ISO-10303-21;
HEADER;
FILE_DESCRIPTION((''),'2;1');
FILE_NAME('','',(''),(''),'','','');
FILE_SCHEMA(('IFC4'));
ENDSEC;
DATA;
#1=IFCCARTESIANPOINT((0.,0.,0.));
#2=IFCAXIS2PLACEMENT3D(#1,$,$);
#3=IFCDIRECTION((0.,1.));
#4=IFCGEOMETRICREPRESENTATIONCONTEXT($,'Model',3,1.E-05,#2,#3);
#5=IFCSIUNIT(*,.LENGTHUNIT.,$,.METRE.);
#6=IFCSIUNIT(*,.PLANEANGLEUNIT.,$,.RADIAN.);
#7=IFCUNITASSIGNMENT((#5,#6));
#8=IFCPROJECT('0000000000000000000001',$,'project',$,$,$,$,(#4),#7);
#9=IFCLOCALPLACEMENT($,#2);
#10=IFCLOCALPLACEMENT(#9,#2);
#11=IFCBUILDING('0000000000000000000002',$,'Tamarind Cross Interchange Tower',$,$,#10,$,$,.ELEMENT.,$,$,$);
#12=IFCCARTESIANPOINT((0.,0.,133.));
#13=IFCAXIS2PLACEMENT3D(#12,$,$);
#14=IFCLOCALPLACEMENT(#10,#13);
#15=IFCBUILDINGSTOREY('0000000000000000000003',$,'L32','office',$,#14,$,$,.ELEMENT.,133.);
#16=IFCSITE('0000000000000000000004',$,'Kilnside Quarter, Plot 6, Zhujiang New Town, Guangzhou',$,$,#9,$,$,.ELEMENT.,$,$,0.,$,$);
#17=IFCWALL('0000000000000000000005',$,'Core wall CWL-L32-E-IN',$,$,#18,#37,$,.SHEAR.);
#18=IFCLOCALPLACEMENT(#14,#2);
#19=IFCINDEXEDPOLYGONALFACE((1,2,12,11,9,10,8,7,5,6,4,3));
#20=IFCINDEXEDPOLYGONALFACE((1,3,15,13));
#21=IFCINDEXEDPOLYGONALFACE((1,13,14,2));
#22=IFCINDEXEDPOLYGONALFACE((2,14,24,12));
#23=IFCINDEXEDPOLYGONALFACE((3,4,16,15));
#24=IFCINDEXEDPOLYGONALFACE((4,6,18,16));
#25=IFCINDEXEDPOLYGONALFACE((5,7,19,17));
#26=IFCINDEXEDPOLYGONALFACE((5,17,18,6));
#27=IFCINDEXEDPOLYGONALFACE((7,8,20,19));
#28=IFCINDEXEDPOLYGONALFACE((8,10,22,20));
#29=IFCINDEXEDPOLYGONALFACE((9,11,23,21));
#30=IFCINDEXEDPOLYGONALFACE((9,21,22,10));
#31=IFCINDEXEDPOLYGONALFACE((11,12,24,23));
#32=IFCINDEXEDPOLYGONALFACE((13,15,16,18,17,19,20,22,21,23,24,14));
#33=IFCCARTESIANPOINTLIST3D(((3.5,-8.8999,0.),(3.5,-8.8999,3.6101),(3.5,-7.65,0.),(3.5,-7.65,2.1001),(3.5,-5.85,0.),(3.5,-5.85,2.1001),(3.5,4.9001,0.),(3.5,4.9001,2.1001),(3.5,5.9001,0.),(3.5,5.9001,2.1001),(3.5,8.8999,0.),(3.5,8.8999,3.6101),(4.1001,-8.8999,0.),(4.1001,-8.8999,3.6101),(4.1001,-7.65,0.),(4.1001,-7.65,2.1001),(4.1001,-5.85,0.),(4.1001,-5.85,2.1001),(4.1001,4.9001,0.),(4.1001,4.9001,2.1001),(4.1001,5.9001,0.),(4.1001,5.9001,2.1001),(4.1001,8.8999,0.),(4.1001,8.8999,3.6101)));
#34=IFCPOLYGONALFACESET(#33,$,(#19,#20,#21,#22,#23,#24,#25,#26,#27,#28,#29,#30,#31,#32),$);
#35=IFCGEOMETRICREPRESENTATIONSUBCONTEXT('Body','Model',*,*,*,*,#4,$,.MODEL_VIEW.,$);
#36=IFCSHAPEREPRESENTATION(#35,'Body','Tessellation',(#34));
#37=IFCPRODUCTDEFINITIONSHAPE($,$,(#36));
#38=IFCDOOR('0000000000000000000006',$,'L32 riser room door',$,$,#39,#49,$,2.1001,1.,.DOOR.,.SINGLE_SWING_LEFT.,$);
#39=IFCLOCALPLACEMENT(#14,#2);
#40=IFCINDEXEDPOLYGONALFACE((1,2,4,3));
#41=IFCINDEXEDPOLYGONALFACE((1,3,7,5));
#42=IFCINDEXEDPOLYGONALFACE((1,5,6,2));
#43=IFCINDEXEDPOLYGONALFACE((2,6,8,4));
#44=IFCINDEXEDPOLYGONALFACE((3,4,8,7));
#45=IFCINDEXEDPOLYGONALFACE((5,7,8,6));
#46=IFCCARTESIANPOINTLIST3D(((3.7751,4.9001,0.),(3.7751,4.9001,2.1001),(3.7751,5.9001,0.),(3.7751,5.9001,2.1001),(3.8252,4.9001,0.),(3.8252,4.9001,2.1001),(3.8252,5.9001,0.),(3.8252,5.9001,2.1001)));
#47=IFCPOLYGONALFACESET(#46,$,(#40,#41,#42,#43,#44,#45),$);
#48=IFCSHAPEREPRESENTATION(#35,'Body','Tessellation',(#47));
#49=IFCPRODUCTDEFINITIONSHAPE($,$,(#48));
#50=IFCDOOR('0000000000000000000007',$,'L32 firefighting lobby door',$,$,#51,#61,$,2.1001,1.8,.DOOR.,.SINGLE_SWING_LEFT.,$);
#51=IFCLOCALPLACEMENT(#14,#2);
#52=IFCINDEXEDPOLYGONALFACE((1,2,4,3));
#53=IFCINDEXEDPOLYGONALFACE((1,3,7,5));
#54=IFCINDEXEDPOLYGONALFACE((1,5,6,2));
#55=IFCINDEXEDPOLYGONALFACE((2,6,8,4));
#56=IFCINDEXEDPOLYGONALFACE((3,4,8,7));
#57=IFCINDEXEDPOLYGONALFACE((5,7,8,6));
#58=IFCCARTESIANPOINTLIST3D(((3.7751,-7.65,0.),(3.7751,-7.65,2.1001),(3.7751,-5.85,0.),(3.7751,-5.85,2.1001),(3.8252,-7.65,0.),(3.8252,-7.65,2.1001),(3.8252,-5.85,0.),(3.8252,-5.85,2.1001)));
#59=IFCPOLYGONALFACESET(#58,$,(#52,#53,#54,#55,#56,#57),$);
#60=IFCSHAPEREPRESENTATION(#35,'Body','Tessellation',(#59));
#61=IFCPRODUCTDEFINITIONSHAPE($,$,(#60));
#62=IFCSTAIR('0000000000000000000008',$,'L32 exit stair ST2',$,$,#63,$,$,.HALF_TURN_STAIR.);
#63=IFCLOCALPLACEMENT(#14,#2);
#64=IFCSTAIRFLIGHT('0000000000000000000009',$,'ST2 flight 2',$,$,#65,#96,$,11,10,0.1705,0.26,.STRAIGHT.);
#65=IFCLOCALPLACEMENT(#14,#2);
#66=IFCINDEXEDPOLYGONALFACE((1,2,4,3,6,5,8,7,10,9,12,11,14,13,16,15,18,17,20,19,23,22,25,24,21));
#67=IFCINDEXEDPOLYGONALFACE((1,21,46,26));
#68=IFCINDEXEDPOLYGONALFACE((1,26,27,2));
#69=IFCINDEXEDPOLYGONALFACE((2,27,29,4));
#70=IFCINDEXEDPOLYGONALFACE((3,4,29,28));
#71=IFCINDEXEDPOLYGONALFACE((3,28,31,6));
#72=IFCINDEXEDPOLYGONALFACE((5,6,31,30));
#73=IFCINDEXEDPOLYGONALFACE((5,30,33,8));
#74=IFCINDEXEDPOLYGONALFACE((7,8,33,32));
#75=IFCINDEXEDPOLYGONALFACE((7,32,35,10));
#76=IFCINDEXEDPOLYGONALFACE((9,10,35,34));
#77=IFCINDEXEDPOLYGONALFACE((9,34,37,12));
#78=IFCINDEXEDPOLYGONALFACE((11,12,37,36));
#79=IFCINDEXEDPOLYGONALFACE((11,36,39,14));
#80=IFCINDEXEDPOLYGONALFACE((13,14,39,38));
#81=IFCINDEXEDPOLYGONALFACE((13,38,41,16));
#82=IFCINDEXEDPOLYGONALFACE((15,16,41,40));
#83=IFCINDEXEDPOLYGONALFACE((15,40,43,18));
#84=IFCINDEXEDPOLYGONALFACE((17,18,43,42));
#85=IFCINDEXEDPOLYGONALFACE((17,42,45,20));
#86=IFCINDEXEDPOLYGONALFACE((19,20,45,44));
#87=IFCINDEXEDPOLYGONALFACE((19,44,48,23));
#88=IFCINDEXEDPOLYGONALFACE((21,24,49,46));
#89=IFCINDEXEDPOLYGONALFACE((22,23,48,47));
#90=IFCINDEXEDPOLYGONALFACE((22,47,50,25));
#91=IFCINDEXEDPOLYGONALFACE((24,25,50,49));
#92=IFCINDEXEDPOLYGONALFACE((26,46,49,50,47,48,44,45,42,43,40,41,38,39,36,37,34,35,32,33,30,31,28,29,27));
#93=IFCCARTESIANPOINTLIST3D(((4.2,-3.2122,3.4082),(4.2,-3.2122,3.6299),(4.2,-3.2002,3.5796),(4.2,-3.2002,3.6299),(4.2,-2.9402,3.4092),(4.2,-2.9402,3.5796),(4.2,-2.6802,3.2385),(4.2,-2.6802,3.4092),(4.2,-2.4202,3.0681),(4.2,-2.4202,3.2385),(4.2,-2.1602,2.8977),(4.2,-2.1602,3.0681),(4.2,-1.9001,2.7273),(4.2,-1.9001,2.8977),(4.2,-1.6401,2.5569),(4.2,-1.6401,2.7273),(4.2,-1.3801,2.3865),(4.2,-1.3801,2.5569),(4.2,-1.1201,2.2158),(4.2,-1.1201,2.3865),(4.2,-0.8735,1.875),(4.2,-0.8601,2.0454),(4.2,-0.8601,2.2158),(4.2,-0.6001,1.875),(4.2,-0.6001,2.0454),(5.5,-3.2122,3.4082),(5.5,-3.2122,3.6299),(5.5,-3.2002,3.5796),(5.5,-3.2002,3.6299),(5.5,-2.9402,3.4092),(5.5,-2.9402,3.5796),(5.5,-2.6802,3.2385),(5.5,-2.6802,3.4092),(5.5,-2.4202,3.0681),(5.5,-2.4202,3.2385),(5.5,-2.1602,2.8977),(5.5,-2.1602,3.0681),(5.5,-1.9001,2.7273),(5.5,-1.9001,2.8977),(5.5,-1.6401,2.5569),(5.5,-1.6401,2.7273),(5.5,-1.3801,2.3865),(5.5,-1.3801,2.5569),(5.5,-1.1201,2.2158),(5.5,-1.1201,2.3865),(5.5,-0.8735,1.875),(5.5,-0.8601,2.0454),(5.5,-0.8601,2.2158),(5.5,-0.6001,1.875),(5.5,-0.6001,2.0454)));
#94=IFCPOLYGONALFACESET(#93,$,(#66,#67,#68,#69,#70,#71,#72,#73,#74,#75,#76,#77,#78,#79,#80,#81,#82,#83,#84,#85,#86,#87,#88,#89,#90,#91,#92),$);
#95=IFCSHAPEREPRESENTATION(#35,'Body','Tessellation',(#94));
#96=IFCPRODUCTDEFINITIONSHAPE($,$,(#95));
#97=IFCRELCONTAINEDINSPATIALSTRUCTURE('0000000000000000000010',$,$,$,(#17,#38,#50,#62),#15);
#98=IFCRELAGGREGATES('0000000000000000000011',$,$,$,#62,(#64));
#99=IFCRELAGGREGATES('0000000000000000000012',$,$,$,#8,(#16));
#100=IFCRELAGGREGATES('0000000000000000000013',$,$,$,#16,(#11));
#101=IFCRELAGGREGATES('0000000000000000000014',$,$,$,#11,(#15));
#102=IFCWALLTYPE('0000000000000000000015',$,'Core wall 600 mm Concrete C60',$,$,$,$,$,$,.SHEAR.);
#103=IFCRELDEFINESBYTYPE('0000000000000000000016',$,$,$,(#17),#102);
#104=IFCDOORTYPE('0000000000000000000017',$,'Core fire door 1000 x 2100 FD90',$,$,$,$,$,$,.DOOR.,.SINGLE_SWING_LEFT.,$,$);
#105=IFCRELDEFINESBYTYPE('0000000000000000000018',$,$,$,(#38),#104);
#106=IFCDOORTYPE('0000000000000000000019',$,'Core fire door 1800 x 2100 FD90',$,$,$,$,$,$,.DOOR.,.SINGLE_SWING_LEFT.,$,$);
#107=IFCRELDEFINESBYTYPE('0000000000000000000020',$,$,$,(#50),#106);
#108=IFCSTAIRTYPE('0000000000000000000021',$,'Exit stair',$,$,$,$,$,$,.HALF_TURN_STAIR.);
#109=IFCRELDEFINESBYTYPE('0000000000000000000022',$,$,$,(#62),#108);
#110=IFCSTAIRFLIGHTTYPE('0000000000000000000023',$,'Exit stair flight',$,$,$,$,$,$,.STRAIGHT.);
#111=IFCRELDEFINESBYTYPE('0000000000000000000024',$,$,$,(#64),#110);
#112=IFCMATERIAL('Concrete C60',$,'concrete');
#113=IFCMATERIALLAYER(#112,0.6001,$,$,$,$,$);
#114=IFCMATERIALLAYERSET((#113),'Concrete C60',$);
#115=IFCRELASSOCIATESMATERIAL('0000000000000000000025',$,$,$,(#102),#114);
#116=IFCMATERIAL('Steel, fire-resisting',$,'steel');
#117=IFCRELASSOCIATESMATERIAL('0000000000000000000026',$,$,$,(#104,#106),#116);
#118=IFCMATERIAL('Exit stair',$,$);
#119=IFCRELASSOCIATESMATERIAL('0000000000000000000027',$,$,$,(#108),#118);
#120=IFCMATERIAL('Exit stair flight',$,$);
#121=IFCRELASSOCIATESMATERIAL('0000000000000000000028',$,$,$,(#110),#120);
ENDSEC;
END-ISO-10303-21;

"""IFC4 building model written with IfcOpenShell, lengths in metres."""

from ifc_helpers import new_model, si_unit, direction, frame, frame_2d, origin, place, context, subcontext, project, spatial, polyline, rectangle, outline, extrude, material, layer, layer_set, type_object, element, fill, aggregate, save


model = new_model("IFC4")

# Units and contexts
model_context = context("Model", 3, precision=1e-05, world=origin(), true_north=direction((0.0, 1.0)))
body_context = subcontext(model_context, "Body", "Model", "MODEL_VIEW")
ifc_project = project(units=[si_unit("LENGTHUNIT", "METRE"), si_unit("PLANEANGLEUNIT", "RADIAN")], contexts=[model_context])

# Site, building, storey
site_placement = place(None, origin())
site = spatial("IfcSite", under=ifc_project, at=site_placement, Name="Kilnside Quarter, Plot 6, Zhujiang New Town, Guangzhou", CompositionType="ELEMENT", RefElevation=0.0)
building_placement = place(site_placement, origin())
building = spatial("IfcBuilding", under=site, at=building_placement, Name="Tamarind Cross Interchange Tower", CompositionType="ELEMENT")
storey_placement = place(building_placement, frame((0.0, 0.0, 133.0)))
storey = spatial("IfcBuildingStorey", under=building, at=storey_placement, Name="L32", Description="office", CompositionType="ELEMENT", Elevation=133.0)

# Wall, openings, doors
ifc_material_1 = material(Name="Concrete C60", Category="concrete")
ifc_layer_1 = layer(ifc_material_1, 0.6001)
ifc_layer_set_1 = layer_set([ifc_layer_1], Name="Concrete C60")
wall_type = type_object("IfcWallType", Name="Core wall 600 mm Concrete C60", PredefinedType="SHEAR", material=ifc_layer_set_1)
wall_placement = place(storey_placement, frame((3.8, -8.8999, 0.0), z_axis=(0.0, 0.0, 1.0), x_axis=(0.0, 1.0, 0.0)))
wall = element("IfcWall", 1, at=wall_placement, inside=storey, type_object=wall_type, Name="Core wall CWL-L32-E-IN", PredefinedType="SHEAR", context=body_context, shape_type="SweptSolid", body=[
    extrude(rectangle(XDim=17.7998, YDim=0.6001, at=frame_2d((8.8999, 0.0))), origin(), (0.0, 0.0, 1.0), 3.6101),
])
opening_1_placement = place(wall_placement, frame((1.25, 0.0, 0.0)))
opening_1 = element("IfcOpeningElement", 2, at=opening_1_placement, cuts=wall, PredefinedType="OPENING", context=body_context, shape_type="SweptSolid", body=[
    extrude(rectangle(XDim=1.8, YDim=2.1001, at=frame_2d((0.8999, 1.05))), frame((0.0, 0.3101, 0.0), z_axis=(0.0, -1.0, 0.0), x_axis=(1.0, 0.0, 0.0)), (0.0, 0.0, 1.0), 0.6201),
])
opening_2_placement = place(wall_placement, frame((13.8, 0.0, 0.0)))
opening_2 = element("IfcOpeningElement", 3, at=opening_2_placement, cuts=wall, PredefinedType="OPENING", context=body_context, shape_type="SweptSolid", body=[
    extrude(rectangle(XDim=1.0, YDim=2.1001, at=frame_2d((0.5, 1.05))), frame((0.0, 0.3101, 0.0), z_axis=(0.0, -1.0, 0.0), x_axis=(1.0, 0.0, 0.0)), (0.0, 0.0, 1.0), 0.6201),
])
ifc_material_2 = material(Name="Steel, fire-resisting", Category="steel")
door_type_1 = type_object("IfcDoorType", Name="Core fire door 1000 x 2100 FD90", OperationType="SINGLE_SWING_LEFT", PredefinedType="DOOR", material=ifc_material_2)
door_1_placement = place(opening_2_placement, origin())
door_1 = element("IfcDoor", 4, at=door_1_placement, inside=storey, type_object=door_type_1, Name="L32 riser room door", OperationType="SINGLE_SWING_LEFT", OverallHeight=2.1001, OverallWidth=1.0, PredefinedType="DOOR", context=body_context, shape_type="SweptSolid", body=[
    extrude(rectangle(XDim=1.0, YDim=2.1001, at=frame_2d((0.5, 1.05))), frame((0.0, 0.0249, 0.0), z_axis=(0.0, -1.0, 0.0), x_axis=(1.0, 0.0, 0.0)), (0.0, 0.0, 1.0), 0.05),
])
fill(opening_2, door_1)
door_type_2 = type_object("IfcDoorType", Name="Core fire door 1800 x 2100 FD90", OperationType="SINGLE_SWING_LEFT", PredefinedType="DOOR", material=ifc_material_2)
door_2_placement = place(opening_1_placement, origin())
door_2 = element("IfcDoor", 5, at=door_2_placement, inside=storey, type_object=door_type_2, Name="L32 firefighting lobby door", OperationType="SINGLE_SWING_LEFT", OverallHeight=2.1001, OverallWidth=1.8, PredefinedType="DOOR", context=body_context, shape_type="SweptSolid", body=[
    extrude(rectangle(XDim=1.8, YDim=2.1001, at=frame_2d((0.8999, 1.05))), frame((0.0, 0.0249, 0.0), z_axis=(0.0, -1.0, 0.0), x_axis=(1.0, 0.0, 0.0)), (0.0, 0.0, 1.0), 0.05),
])
fill(opening_1, door_2)

# Stair, stair flight
ifc_material_3 = material(Name="Exit stair")
stair_type = type_object("IfcStairType", Name="Exit stair", PredefinedType="HALF_TURN_STAIR", material=ifc_material_3)
stair_placement = place(storey_placement, origin())
stair = element("IfcStair", 6, at=stair_placement, inside=storey, type_object=stair_type, Name="L32 exit stair ST2", PredefinedType="HALF_TURN_STAIR")
ifc_material_4 = material(Name="Exit stair flight")
stair_flight_type = type_object("IfcStairFlightType", Name="Exit stair flight", PredefinedType="STRAIGHT", material=ifc_material_4)
stair_flight_placement = place(storey_placement, frame((4.8501, -0.6001, 1.875), z_axis=(0.0, 0.0, 1.0), x_axis=(0.0, -1.0, 0.0)))
stair_flight = element("IfcStairFlight", 7, at=stair_flight_placement, type_object=stair_flight_type, Name="ST2 flight 2", NumberOfRisers=11, NumberOfTreads=10, PredefinedType="STRAIGHT", RiserHeight=0.1705, TreadLength=0.26, context=body_context, shape_type="SweptSolid", body=[
    extrude(outline(polyline([(0.0, 0.0), (0.0, 0.1704), (0.26, 0.1704), (0.26, 0.3408), (0.52, 0.3408), (0.52, 0.5115), (0.78, 0.5115), (0.78, 0.6819), (1.04, 0.6819), (1.04, 0.8523), (1.3, 0.8523), (1.3, 1.0227), (1.5601, 1.0227), (1.5601, 1.1931), (1.8201, 1.1931), (1.8201, 1.3635), (2.0801, 1.3635), (2.0801, 1.5342), (2.3401, 1.5342), (2.3401, 1.7046), (2.6001, 1.7046), (2.6001, 1.7549), (2.6121, 1.7549), (2.6121, 1.5332), (0.2734, 0.0), (0.0, 0.0)])), frame((0.0, 0.6499, 0.0), z_axis=(0.0, -1.0, 0.0), x_axis=(1.0, 0.0, 0.0)), (0.0, 0.0, 1.0), 1.3),
])
aggregate(stair, [stair_flight])

save(model, "model.ifc")
